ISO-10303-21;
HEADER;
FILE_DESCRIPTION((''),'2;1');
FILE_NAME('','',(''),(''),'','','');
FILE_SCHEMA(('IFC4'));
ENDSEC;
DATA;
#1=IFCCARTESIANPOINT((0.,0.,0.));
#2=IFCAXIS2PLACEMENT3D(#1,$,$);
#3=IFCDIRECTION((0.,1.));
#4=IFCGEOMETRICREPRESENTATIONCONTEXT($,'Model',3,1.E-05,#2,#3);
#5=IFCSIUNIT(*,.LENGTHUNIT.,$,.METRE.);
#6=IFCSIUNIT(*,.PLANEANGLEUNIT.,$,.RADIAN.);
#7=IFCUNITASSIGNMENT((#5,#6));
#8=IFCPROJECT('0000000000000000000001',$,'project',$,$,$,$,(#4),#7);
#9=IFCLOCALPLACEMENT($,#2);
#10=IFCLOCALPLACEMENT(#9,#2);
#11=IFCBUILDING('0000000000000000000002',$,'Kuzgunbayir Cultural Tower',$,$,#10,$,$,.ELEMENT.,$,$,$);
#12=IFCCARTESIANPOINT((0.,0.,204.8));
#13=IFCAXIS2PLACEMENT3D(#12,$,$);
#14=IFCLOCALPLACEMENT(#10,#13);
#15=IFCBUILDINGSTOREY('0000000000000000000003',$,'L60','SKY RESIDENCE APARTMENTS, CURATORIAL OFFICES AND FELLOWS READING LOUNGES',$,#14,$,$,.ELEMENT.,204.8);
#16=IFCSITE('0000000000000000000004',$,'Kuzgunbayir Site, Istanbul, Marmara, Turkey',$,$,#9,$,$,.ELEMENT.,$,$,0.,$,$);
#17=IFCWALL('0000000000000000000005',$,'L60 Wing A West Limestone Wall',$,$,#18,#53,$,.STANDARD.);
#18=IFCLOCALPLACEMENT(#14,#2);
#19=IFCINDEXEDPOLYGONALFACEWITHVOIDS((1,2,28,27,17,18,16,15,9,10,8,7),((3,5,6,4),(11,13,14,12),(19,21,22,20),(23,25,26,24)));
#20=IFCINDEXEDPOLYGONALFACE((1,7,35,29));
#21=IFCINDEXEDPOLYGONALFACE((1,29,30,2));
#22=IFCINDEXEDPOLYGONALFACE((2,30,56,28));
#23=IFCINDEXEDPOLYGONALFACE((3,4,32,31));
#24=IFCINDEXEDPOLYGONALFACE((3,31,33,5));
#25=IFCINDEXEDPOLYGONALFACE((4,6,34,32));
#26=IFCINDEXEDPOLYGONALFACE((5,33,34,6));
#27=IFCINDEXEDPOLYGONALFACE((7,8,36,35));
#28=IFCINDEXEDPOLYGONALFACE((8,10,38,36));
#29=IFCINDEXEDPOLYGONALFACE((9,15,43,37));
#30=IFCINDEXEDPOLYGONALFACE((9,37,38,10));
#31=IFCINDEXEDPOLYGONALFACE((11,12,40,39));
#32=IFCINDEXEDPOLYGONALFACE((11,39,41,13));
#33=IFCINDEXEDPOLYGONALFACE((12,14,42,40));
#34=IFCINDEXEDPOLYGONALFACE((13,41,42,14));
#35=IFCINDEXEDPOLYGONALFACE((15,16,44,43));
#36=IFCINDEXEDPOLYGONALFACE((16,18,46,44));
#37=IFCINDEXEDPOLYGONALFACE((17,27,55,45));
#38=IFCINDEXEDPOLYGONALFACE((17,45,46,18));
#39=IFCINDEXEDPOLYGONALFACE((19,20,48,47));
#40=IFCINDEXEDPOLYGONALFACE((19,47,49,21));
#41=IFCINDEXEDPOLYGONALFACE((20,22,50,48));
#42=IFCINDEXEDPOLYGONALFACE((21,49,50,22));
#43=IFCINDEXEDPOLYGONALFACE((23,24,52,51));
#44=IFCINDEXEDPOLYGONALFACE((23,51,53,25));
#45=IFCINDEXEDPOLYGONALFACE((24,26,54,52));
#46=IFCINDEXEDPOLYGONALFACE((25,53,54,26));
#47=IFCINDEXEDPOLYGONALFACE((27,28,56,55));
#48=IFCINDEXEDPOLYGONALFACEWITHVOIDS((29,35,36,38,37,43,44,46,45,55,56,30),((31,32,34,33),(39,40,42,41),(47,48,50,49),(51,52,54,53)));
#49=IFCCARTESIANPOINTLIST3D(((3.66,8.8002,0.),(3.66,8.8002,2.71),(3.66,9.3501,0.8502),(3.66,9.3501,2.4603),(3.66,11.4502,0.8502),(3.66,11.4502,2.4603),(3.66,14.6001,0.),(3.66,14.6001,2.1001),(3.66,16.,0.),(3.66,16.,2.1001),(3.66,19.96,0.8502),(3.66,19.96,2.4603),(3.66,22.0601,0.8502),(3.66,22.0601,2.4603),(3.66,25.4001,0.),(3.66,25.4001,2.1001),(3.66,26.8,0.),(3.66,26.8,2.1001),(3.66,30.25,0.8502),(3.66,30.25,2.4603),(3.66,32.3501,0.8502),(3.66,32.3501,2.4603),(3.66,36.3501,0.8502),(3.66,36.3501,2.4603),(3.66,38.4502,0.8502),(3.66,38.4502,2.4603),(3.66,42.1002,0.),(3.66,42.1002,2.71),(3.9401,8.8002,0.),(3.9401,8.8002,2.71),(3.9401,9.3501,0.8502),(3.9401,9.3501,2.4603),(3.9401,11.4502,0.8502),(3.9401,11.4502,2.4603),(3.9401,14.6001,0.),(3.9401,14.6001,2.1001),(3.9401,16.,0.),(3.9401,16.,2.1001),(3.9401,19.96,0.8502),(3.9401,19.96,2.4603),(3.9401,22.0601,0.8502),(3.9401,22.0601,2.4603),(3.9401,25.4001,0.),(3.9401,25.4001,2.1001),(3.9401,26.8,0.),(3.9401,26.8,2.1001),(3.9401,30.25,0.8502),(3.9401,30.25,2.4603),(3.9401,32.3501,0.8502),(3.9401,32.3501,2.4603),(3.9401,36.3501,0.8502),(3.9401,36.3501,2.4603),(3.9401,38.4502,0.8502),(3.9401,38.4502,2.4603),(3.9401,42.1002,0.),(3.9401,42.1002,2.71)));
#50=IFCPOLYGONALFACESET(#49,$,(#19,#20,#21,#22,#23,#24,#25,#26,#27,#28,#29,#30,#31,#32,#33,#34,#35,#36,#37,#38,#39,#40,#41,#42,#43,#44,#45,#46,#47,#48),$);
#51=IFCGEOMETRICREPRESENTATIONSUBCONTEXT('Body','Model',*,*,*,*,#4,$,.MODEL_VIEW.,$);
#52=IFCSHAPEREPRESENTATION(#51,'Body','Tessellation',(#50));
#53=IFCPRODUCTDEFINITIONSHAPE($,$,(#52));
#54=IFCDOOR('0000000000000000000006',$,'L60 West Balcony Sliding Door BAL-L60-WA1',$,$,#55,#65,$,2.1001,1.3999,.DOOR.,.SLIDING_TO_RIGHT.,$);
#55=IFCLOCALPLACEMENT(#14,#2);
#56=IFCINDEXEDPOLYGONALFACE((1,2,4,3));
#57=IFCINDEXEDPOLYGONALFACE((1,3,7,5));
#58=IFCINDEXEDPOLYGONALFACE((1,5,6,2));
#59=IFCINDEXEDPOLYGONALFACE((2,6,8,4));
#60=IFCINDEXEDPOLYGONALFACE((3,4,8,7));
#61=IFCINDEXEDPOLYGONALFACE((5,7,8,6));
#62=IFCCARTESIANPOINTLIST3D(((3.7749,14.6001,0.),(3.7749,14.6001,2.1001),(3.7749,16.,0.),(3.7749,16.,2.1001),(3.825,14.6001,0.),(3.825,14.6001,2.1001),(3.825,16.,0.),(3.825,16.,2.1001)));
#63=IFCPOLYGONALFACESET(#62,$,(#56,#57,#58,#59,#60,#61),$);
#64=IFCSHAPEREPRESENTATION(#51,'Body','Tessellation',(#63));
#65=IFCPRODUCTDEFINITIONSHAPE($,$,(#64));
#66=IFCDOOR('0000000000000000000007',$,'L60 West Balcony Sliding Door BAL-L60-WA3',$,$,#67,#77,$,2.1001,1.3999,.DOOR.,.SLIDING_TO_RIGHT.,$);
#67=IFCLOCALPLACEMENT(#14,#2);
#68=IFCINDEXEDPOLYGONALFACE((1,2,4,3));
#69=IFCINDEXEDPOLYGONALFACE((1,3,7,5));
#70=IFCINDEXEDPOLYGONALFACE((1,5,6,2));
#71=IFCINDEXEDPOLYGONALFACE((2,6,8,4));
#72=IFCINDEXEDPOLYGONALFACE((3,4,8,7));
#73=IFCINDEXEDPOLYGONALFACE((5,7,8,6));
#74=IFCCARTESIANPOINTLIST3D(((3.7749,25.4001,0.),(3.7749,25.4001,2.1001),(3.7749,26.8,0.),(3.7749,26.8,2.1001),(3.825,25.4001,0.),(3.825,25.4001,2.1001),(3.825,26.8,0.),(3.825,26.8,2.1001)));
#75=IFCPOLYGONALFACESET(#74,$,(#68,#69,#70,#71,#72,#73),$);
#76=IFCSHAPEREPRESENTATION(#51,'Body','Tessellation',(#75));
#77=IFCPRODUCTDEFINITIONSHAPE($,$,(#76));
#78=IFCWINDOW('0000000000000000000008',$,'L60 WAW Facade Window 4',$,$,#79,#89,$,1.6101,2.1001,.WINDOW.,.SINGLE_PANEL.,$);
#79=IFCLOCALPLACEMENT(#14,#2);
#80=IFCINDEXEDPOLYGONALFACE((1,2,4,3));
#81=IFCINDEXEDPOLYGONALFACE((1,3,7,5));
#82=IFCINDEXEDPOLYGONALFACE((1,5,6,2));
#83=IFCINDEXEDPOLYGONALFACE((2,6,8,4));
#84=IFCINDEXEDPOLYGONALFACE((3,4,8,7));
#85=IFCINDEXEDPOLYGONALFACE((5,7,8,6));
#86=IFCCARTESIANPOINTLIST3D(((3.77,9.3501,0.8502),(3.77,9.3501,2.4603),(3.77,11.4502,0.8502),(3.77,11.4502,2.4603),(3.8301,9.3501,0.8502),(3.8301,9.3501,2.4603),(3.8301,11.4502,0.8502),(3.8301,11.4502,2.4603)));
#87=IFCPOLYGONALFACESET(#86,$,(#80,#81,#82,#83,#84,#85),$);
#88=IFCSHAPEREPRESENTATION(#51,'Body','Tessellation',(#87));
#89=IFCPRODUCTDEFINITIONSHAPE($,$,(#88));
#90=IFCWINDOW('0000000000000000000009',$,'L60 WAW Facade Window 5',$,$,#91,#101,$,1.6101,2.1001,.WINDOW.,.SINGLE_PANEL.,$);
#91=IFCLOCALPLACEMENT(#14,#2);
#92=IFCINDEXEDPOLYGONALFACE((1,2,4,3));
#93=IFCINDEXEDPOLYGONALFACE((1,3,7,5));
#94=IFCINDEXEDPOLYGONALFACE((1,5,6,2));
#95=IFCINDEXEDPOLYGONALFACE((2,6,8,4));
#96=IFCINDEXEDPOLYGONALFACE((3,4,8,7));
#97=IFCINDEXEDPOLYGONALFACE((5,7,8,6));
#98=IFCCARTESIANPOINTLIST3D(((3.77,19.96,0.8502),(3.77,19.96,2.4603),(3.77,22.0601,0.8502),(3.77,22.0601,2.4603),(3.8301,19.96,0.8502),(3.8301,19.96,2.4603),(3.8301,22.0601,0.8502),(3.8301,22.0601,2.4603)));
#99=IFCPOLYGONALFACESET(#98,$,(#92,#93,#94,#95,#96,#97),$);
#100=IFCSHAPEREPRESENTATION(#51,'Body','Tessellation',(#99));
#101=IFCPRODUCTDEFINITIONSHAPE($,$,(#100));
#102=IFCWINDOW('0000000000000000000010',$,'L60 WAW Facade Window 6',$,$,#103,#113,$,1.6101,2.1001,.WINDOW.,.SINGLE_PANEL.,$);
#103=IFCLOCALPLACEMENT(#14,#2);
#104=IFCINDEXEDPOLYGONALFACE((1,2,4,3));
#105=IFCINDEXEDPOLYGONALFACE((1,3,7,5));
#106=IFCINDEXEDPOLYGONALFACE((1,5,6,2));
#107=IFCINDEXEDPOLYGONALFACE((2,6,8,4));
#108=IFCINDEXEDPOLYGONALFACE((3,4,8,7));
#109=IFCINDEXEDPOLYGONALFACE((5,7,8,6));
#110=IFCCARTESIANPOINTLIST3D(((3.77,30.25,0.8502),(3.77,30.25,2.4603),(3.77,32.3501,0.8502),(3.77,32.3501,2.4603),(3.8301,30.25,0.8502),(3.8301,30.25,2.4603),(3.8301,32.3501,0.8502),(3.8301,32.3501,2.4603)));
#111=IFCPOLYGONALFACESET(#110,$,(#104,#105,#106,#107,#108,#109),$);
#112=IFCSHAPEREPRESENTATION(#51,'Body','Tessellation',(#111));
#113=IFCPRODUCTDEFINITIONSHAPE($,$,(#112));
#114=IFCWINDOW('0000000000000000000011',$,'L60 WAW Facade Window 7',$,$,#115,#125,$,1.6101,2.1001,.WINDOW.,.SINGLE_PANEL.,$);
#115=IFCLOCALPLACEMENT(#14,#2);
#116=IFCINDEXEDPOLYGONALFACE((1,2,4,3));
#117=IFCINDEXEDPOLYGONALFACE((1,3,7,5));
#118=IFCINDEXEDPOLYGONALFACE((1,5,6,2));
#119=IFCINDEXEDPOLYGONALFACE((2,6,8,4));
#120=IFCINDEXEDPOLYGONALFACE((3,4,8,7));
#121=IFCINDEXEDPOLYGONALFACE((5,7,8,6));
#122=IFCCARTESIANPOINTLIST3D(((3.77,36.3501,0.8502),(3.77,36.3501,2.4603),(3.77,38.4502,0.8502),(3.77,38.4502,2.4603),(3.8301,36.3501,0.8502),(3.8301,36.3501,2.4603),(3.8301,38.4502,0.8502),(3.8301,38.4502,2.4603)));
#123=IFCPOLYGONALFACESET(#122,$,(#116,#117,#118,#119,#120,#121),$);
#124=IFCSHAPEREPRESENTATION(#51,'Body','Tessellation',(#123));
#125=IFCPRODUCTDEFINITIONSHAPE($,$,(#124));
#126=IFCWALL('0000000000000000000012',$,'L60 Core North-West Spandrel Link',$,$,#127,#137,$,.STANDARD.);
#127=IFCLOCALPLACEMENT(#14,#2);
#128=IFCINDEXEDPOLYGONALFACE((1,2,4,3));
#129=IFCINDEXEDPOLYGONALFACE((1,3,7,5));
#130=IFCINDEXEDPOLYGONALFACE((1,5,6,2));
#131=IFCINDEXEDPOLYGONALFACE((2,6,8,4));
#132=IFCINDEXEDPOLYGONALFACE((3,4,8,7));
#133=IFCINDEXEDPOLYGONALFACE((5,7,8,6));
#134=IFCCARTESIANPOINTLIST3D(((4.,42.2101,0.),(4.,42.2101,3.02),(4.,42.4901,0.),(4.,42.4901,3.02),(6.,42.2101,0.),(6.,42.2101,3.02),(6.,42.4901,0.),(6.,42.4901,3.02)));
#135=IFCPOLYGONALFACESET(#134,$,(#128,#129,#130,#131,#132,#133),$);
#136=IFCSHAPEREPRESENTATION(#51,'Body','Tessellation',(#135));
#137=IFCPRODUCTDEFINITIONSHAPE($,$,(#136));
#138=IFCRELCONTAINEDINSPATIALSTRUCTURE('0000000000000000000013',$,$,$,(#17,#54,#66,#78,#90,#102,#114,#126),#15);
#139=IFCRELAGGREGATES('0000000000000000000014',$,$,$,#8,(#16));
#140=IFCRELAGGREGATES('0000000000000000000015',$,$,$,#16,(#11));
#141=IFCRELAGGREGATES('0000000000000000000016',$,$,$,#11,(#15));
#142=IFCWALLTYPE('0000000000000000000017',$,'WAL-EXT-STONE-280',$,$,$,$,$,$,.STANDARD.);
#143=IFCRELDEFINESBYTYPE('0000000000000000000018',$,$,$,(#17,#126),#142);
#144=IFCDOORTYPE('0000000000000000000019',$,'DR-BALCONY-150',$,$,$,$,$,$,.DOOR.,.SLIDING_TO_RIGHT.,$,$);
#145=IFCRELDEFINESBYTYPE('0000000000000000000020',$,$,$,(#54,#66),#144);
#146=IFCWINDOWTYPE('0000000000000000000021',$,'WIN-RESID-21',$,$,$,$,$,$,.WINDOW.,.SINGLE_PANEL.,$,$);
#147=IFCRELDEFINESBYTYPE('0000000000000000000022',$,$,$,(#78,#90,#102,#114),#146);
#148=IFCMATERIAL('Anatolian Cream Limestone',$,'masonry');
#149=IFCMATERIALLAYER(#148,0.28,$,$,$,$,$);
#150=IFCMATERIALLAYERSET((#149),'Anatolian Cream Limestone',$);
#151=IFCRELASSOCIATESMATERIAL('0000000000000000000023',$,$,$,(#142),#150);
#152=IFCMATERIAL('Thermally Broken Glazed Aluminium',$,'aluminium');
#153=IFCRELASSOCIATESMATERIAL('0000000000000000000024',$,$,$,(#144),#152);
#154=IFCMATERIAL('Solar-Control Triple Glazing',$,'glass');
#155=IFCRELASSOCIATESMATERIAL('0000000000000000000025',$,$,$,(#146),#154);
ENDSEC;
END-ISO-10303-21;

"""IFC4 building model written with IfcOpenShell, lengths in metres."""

from ifc_helpers import new_model, si_unit, direction, frame, frame_2d, origin, place, context, subcontext, project, spatial, rectangle, extrude, material, layer, layer_set, type_object, element, fill, save


model = new_model("IFC4")

# Units and contexts
model_context = context("Model", 3, precision=1e-05, world=origin(), true_north=direction((0.0, 1.0)))
body_context = subcontext(model_context, "Body", "Model", "MODEL_VIEW")
ifc_project = project(units=[si_unit("LENGTHUNIT", "METRE"), si_unit("PLANEANGLEUNIT", "RADIAN")], contexts=[model_context])

# Site, building, storey
site_placement = place(None, origin())
site = spatial("IfcSite", under=ifc_project, at=site_placement, Name="Kuzgunbayir Site, Istanbul, Marmara, Turkey", CompositionType="ELEMENT", RefElevation=0.0)
building_placement = place(site_placement, origin())
building = spatial("IfcBuilding", under=site, at=building_placement, Name="Kuzgunbayir Cultural Tower", CompositionType="ELEMENT")
storey_placement = place(building_placement, frame((0.0, 0.0, 204.8)))
storey = spatial("IfcBuildingStorey", under=building, at=storey_placement, Name="L60", Description="SKY RESIDENCE APARTMENTS, CURATORIAL OFFICES AND FELLOWS READING LOUNGES", CompositionType="ELEMENT", Elevation=204.8)

# Wall, openings, doors, windows
ifc_material_1 = material(Name="Anatolian Cream Limestone", Category="masonry")
ifc_layer_1 = layer(ifc_material_1, 0.28)
ifc_layer_set_1 = layer_set([ifc_layer_1], Name="Anatolian Cream Limestone")
wall_type_1 = type_object("IfcWallType", Name="WAL-EXT-STONE-280", PredefinedType="STANDARD", material=ifc_layer_set_1)
wall_1_placement = place(storey_placement, frame((3.8, 42.1001, 0.0), z_axis=(0.0, 0.0, 1.0), x_axis=(0.0, -1.0, 0.0)))
wall_1 = element("IfcWall", 1, at=wall_1_placement, inside=storey, type_object=wall_type_1, Name="L60 Wing A West Limestone Wall", PredefinedType="STANDARD", context=body_context, shape_type="SweptSolid", body=[
    extrude(rectangle(XDim=33.3, YDim=0.28, at=frame_2d((16.6499, 0.0))), origin(), (0.0, 0.0, 1.0), 2.71),
])
opening_1_placement = place(wall_1_placement, frame((26.1001, 0.0, 0.0)))
opening_1 = element("IfcOpeningElement", 2, at=opening_1_placement, cuts=wall_1, PredefinedType="OPENING", context=body_context, shape_type="SweptSolid", body=[
    extrude(rectangle(XDim=1.3999, YDim=2.1001, at=frame_2d((0.7, 1.05))), frame((0.0, 0.1499, 0.0), z_axis=(0.0, -1.0, 0.0), x_axis=(1.0, 0.0, 0.0)), (0.0, 0.0, 1.0), 0.3),
])
opening_2_placement = place(wall_1_placement, frame((15.3, 0.0, 0.0)))
opening_2 = element("IfcOpeningElement", 3, at=opening_2_placement, cuts=wall_1, PredefinedType="OPENING", context=body_context, shape_type="SweptSolid", body=[
    extrude(rectangle(XDim=1.3999, YDim=2.1001, at=frame_2d((0.7, 1.05))), frame((0.0, 0.1499, 0.0), z_axis=(0.0, -1.0, 0.0), x_axis=(1.0, 0.0, 0.0)), (0.0, 0.0, 1.0), 0.3),
])
opening_3_placement = place(wall_1_placement, frame((30.6499, 0.0, 0.8501)))
opening_3 = element("IfcOpeningElement", 4, at=opening_3_placement, cuts=wall_1, PredefinedType="OPENING", context=body_context, shape_type="SweptSolid", body=[
    extrude(rectangle(XDim=2.1001, YDim=1.6101, at=frame_2d((1.05, 0.8052))), frame((0.0, 0.1499, 0.0), z_axis=(0.0, -1.0, 0.0), x_axis=(1.0, 0.0, 0.0)), (0.0, 0.0, 1.0), 0.3),
])
opening_4_placement = place(wall_1_placement, frame((20.04, 0.0, 0.8501)))
opening_4 = element("IfcOpeningElement", 5, at=opening_4_placement, cuts=wall_1, PredefinedType="OPENING", context=body_context, shape_type="SweptSolid", body=[
    extrude(rectangle(XDim=2.1001, YDim=1.6101, at=frame_2d((1.05, 0.8052))), frame((0.0, 0.1499, 0.0), z_axis=(0.0, -1.0, 0.0), x_axis=(1.0, 0.0, 0.0)), (0.0, 0.0, 1.0), 0.3),
])
opening_5_placement = place(wall_1_placement, frame((9.75, 0.0, 0.8501)))
opening_5 = element("IfcOpeningElement", 6, at=opening_5_placement, cuts=wall_1, PredefinedType="OPENING", context=body_context, shape_type="SweptSolid", body=[
    extrude(rectangle(XDim=2.1001, YDim=1.6101, at=frame_2d((1.05, 0.8052))), frame((0.0, 0.1499, 0.0), z_axis=(0.0, -1.0, 0.0), x_axis=(1.0, 0.0, 0.0)), (0.0, 0.0, 1.0), 0.3),
])
opening_6_placement = place(wall_1_placement, frame((3.6499, 0.0, 0.8501)))
opening_6 = element("IfcOpeningElement", 7, at=opening_6_placement, cuts=wall_1, PredefinedType="OPENING", context=body_context, shape_type="SweptSolid", body=[
    extrude(rectangle(XDim=2.1001, YDim=1.6101, at=frame_2d((1.05, 0.8052))), frame((0.0, 0.1499, 0.0), z_axis=(0.0, -1.0, 0.0), x_axis=(1.0, 0.0, 0.0)), (0.0, 0.0, 1.0), 0.3),
])
ifc_material_2 = material(Name="Thermally Broken Glazed Aluminium", Category="aluminium")
door_type_1 = type_object("IfcDoorType", Name="DR-BALCONY-150", OperationType="SLIDING_TO_RIGHT", PredefinedType="DOOR", material=ifc_material_2)
door_1_placement = place(opening_1_placement, origin())
door_1 = element("IfcDoor", 8, at=door_1_placement, inside=storey, type_object=door_type_1, Name="L60 West Balcony Sliding Door BAL-L60-WA1", OperationType="SLIDING_TO_RIGHT", OverallHeight=2.1001, OverallWidth=1.3999, PredefinedType="DOOR", context=body_context, shape_type="SweptSolid", body=[
    extrude(rectangle(XDim=1.3999, YDim=2.1001, at=frame_2d((0.7, 1.05))), frame((0.0, 0.0249, 0.0), z_axis=(0.0, -1.0, 0.0), x_axis=(1.0, 0.0, 0.0)), (0.0, 0.0, 1.0), 0.05),
])
fill(opening_1, door_1)
door_2_placement = place(opening_2_placement, origin())
door_2 = element("IfcDoor", 9, at=door_2_placement, inside=storey, type_object=door_type_1, Name="L60 West Balcony Sliding Door BAL-L60-WA3", OperationType="SLIDING_TO_RIGHT", OverallHeight=2.1001, OverallWidth=1.3999, PredefinedType="DOOR", context=body_context, shape_type="SweptSolid", body=[
    extrude(rectangle(XDim=1.3999, YDim=2.1001, at=frame_2d((0.7, 1.05))), frame((0.0, 0.0249, 0.0), z_axis=(0.0, -1.0, 0.0), x_axis=(1.0, 0.0, 0.0)), (0.0, 0.0, 1.0), 0.05),
])
fill(opening_2, door_2)
ifc_material_3 = material(Name="Solar-Control Triple Glazing", Category="glass")
window_type = type_object("IfcWindowType", Name="WIN-RESID-21", PartitioningType="SINGLE_PANEL", PredefinedType="WINDOW", material=ifc_material_3)
window_1_placement = place(opening_3_placement, origin())
window_1 = element("IfcWindow", 10, at=window_1_placement, inside=storey, type_object=window_type, Name="L60 WAW Facade Window 4", OverallHeight=1.6101, OverallWidth=2.1001, PartitioningType="SINGLE_PANEL", PredefinedType="WINDOW", context=body_context, shape_type="SweptSolid", body=[
    extrude(rectangle(XDim=2.1001, YDim=1.6101, at=frame_2d((1.05, 0.8052))), frame((0.0, 0.03, 0.0), z_axis=(0.0, -1.0, 0.0), x_axis=(1.0, 0.0, 0.0)), (0.0, 0.0, 1.0), 0.0601),
])
fill(opening_3, window_1)
window_2_placement = place(opening_4_placement, origin())
window_2 = element("IfcWindow", 11, at=window_2_placement, inside=storey, type_object=window_type, Name="L60 WAW Facade Window 5", OverallHeight=1.6101, OverallWidth=2.1001, PartitioningType="SINGLE_PANEL", PredefinedType="WINDOW", context=body_context, shape_type="SweptSolid", body=[
    extrude(rectangle(XDim=2.1001, YDim=1.6101, at=frame_2d((1.05, 0.8052))), frame((0.0, 0.03, 0.0), z_axis=(0.0, -1.0, 0.0), x_axis=(1.0, 0.0, 0.0)), (0.0, 0.0, 1.0), 0.0601),
])
fill(opening_4, window_2)
window_3_placement = place(opening_5_placement, origin())
window_3 = element("IfcWindow", 12, at=window_3_placement, inside=storey, type_object=window_type, Name="L60 WAW Facade Window 6", OverallHeight=1.6101, OverallWidth=2.1001, PartitioningType="SINGLE_PANEL", PredefinedType="WINDOW", context=body_context, shape_type="SweptSolid", body=[
    extrude(rectangle(XDim=2.1001, YDim=1.6101, at=frame_2d((1.05, 0.8052))), frame((0.0, 0.03, 0.0), z_axis=(0.0, -1.0, 0.0), x_axis=(1.0, 0.0, 0.0)), (0.0, 0.0, 1.0), 0.0601),
])
fill(opening_5, window_3)
window_4_placement = place(opening_6_placement, origin())
window_4 = element("IfcWindow", 13, at=window_4_placement, inside=storey, type_object=window_type, Name="L60 WAW Facade Window 7", OverallHeight=1.6101, OverallWidth=2.1001, PartitioningType="SINGLE_PANEL", PredefinedType="WINDOW", context=body_context, shape_type="SweptSolid", body=[
    extrude(rectangle(XDim=2.1001, YDim=1.6101, at=frame_2d((1.05, 0.8052))), frame((0.0, 0.03, 0.0), z_axis=(0.0, -1.0, 0.0), x_axis=(1.0, 0.0, 0.0)), (0.0, 0.0, 1.0), 0.0601),
])
fill(opening_6, window_4)

# Wall
wall_2_placement = place(storey_placement, frame((6.0, 42.3501, 0.0), z_axis=(0.0, 0.0, 1.0), x_axis=(-1.0, 0.0, 0.0)))
element("IfcWall", 14, at=wall_2_placement, inside=storey, type_object=wall_type_1, Name="L60 Core North-West Spandrel Link", PredefinedType="STANDARD", context=body_context, shape_type="SweptSolid", body=[
    extrude(rectangle(XDim=2.0, YDim=0.28, at=frame_2d((1.0, 0.0))), origin(), (0.0, 0.0, 1.0), 3.02),
])

save(model, "model.ifc")
